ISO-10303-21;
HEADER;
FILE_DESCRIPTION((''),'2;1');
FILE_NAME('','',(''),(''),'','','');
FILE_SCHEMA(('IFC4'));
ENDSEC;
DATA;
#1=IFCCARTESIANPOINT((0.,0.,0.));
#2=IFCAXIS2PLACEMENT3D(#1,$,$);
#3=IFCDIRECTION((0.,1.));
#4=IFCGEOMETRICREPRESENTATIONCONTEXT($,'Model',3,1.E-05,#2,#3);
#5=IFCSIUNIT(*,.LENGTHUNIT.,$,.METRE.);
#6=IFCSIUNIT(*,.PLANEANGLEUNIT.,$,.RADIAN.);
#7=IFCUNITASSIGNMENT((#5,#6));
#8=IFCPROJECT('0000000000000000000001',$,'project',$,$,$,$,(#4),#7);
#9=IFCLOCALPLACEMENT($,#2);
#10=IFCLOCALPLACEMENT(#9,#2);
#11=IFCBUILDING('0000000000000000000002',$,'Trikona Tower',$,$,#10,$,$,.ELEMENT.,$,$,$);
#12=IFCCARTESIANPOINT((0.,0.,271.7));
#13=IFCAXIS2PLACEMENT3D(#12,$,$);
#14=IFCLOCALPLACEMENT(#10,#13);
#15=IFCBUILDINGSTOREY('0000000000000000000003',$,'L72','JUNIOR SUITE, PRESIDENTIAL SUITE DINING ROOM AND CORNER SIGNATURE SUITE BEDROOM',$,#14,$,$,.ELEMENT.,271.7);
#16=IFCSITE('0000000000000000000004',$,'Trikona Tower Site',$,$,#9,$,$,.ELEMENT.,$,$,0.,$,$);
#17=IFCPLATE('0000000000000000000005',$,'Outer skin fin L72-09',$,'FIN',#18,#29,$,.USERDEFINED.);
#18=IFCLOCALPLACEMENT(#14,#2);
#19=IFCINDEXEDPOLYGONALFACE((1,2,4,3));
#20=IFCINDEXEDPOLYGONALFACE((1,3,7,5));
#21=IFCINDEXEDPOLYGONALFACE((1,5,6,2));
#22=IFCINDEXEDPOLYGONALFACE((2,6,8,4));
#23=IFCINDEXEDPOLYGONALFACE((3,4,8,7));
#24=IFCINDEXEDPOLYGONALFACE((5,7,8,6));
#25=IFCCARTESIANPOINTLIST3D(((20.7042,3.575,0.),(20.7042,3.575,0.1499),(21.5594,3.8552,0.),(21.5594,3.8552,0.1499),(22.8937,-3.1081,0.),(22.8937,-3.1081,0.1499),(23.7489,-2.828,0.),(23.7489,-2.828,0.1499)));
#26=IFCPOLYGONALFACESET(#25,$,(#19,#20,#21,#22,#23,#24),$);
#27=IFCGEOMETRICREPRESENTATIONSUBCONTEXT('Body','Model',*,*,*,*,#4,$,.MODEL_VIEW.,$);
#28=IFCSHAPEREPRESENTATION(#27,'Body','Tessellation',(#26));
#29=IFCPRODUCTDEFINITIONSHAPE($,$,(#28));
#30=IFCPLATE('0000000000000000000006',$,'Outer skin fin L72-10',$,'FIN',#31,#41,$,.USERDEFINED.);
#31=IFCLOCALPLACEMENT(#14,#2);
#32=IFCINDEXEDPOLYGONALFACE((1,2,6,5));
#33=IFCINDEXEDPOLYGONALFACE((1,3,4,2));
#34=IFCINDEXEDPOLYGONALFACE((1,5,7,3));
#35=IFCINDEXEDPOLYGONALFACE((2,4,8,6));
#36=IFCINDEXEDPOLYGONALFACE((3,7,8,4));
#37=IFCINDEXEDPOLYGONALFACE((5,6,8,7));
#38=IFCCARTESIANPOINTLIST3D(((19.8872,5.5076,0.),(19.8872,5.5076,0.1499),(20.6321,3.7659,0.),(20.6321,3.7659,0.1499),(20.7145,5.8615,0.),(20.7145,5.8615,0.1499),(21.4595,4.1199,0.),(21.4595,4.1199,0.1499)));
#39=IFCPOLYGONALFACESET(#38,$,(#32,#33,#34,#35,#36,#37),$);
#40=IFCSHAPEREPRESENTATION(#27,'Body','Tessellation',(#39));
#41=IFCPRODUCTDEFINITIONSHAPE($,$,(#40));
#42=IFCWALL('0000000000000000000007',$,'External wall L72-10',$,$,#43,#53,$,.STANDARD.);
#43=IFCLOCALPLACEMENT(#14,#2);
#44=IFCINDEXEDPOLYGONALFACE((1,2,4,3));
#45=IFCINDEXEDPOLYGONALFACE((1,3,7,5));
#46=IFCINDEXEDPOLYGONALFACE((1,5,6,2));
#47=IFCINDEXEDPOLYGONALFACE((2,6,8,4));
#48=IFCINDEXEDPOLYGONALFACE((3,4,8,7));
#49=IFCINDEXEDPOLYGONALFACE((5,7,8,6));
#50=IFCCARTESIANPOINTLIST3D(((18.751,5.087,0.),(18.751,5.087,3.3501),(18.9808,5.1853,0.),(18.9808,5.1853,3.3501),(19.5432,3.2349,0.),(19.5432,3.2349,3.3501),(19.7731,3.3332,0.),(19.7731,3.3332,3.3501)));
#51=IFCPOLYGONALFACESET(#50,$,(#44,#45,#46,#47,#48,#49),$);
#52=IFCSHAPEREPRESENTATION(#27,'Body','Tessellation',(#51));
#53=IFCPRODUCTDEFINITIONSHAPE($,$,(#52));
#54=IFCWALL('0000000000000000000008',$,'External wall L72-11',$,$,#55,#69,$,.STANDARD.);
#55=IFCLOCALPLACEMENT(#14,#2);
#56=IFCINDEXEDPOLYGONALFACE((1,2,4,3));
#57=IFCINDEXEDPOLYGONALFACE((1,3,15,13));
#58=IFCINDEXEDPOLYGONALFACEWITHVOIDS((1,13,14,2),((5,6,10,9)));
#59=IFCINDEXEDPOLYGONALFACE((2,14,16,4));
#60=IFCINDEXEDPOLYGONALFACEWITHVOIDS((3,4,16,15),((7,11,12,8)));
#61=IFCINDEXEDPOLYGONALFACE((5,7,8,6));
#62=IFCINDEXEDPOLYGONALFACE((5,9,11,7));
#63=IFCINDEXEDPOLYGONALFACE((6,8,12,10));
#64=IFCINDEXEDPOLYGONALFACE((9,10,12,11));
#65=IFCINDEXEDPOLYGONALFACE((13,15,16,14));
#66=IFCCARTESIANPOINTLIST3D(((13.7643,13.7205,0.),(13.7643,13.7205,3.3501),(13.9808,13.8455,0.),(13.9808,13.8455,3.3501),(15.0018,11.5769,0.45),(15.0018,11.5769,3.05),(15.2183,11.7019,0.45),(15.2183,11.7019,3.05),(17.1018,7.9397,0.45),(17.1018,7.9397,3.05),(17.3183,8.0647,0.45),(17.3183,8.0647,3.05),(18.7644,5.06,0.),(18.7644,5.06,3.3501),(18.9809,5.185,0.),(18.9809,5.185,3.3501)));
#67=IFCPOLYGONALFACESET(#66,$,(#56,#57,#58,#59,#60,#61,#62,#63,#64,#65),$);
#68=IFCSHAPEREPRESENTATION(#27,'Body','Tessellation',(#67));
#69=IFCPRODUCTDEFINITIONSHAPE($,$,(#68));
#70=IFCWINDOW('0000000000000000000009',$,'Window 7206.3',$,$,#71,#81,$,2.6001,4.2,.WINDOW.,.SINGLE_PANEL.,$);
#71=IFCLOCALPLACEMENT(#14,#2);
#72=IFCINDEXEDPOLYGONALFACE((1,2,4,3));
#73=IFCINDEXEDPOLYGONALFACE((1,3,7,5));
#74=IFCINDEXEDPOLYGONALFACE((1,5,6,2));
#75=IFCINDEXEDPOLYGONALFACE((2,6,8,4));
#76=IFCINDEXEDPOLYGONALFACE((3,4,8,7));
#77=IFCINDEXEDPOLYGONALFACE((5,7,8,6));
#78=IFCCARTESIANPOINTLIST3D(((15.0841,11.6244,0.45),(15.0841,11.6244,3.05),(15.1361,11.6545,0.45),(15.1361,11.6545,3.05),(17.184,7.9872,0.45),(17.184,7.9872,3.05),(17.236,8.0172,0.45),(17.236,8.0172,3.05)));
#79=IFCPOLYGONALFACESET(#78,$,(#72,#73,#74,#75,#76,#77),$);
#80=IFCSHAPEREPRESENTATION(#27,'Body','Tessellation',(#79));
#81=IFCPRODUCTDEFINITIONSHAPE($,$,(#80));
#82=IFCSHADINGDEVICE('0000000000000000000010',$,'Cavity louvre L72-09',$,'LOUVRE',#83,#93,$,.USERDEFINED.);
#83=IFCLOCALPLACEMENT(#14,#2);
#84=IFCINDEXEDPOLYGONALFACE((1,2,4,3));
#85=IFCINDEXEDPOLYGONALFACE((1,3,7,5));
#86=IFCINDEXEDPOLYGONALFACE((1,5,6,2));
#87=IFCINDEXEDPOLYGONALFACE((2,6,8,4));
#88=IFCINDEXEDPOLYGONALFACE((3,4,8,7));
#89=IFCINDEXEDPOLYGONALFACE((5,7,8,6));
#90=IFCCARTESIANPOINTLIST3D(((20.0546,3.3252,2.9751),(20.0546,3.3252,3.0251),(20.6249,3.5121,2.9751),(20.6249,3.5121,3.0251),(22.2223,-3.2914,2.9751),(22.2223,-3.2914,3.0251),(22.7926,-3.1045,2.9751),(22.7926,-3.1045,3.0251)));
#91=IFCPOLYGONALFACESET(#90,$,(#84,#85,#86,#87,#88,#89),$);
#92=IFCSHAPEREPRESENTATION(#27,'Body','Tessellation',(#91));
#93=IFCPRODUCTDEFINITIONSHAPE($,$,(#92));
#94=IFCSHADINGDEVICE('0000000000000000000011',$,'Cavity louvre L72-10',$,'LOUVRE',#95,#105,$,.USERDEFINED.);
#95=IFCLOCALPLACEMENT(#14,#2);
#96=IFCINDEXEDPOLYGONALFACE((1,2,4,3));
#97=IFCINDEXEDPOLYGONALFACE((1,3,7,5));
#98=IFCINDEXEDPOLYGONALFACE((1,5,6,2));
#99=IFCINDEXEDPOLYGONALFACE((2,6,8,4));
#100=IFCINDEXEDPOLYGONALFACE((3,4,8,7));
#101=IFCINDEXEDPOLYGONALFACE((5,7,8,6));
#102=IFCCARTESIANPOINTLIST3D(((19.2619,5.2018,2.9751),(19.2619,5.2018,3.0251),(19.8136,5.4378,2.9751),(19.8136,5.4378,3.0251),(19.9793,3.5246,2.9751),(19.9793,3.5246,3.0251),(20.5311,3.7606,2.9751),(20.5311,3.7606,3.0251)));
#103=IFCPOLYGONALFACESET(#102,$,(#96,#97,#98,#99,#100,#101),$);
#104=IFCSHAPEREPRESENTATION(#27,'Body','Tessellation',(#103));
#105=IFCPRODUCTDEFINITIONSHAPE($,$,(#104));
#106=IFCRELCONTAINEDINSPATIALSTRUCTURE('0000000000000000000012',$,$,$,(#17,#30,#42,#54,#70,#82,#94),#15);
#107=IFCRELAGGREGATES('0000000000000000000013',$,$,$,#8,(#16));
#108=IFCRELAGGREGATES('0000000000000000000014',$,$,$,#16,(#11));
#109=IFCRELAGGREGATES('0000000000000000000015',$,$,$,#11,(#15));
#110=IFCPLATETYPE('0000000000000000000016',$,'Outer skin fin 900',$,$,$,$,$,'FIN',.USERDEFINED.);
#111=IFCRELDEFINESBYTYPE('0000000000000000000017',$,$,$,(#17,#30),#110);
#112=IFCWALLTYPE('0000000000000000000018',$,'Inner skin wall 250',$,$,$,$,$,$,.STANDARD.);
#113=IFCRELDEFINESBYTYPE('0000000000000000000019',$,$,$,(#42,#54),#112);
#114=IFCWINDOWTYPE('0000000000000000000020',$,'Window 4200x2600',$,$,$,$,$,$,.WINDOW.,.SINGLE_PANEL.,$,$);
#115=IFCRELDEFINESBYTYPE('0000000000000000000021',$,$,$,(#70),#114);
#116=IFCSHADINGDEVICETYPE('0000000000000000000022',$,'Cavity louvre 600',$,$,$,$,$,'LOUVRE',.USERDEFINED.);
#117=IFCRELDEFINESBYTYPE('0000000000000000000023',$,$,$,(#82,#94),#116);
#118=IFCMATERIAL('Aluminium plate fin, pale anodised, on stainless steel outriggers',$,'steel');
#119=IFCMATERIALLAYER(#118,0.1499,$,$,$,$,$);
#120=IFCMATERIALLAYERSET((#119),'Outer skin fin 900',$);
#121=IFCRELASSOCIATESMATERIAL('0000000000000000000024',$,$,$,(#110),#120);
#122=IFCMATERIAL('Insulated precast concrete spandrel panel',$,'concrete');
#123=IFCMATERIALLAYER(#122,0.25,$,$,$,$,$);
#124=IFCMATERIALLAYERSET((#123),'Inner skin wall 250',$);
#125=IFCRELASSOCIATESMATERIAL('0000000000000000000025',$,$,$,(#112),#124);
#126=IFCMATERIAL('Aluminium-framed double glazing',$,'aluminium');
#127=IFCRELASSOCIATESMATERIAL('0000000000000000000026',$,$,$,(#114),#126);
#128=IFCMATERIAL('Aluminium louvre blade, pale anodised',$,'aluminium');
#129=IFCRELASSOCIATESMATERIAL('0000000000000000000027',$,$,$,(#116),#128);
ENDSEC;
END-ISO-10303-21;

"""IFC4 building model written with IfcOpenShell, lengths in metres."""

from ifc_helpers import new_model, si_unit, direction, frame, frame_2d, origin, origin_2d, place, context, subcontext, project, spatial, rectangle, extrude, material, layer, layer_set, type_object, element, fill, save


model = new_model("IFC4")

# Units and contexts
model_context = context("Model", 3, precision=1e-05, world=origin(), true_north=direction((0.0, 1.0)))
body_context = subcontext(model_context, "Body", "Model", "MODEL_VIEW")
ifc_project = project(units=[si_unit("LENGTHUNIT", "METRE"), si_unit("PLANEANGLEUNIT", "RADIAN")], contexts=[model_context])

# Site, building, storey
site_placement = place(None, origin())
site = spatial("IfcSite", under=ifc_project, at=site_placement, Name="Trikona Tower Site", CompositionType="ELEMENT", RefElevation=0.0)
building_placement = place(site_placement, origin())
building = spatial("IfcBuilding", under=site, at=building_placement, Name="Trikona Tower", CompositionType="ELEMENT")
storey_placement = place(building_placement, frame((0.0, 0.0, 271.7)))
storey = spatial("IfcBuildingStorey", under=building, at=storey_placement, Name="L72", Description="JUNIOR SUITE, PRESIDENTIAL SUITE DINING ROOM AND CORNER SIGNATURE SUITE BEDROOM", CompositionType="ELEMENT", Elevation=271.7)

# Plates
ifc_material_1 = material(Name="Aluminium plate fin, pale anodised, on stainless steel outriggers", Category="steel")
ifc_layer_1 = layer(ifc_material_1, 0.1499)
ifc_layer_set_1 = layer_set([ifc_layer_1], Name="Outer skin fin 900")
plate_type_1 = type_object("IfcPlateType", Name="Outer skin fin 900", ElementType="FIN", PredefinedType="USERDEFINED", material=ifc_layer_set_1)
plate_1_placement = place(storey_placement, frame((22.2266, 0.3735, 0.0), z_axis=(0.0, 0.0, 1.0), x_axis=(-0.311337, 0.9503, 0.0)))
element("IfcPlate", 1, at=plate_1_placement, inside=storey, type_object=plate_type_1, Name="Outer skin fin L72-09", ObjectType="FIN", PredefinedType="USERDEFINED", context=body_context, shape_type="SweptSolid", body=[
    extrude(rectangle(XDim=7.0327, YDim=0.8999, at=origin_2d()), origin(), (0.0, 0.0, 1.0), 0.1499),
])
plate_2_placement = place(storey_placement, frame((20.6733, 4.8137, 0.0), z_axis=(0.0, 0.0, 1.0), x_axis=(-0.393284, 0.919417, 0.0)))
element("IfcPlate", 2, at=plate_2_placement, inside=storey, type_object=plate_type_1, Name="Outer skin fin L72-10", ObjectType="FIN", PredefinedType="USERDEFINED", context=body_context, shape_type="SweptSolid", body=[
    extrude(rectangle(XDim=1.8943, YDim=0.8999, at=origin_2d()), origin(), (0.0, 0.0, 1.0), 0.1499),
])

# Wall
ifc_material_2 = material(Name="Insulated precast concrete spandrel panel", Category="concrete")
ifc_layer_2 = layer(ifc_material_2, 0.25)
ifc_layer_set_2 = layer_set([ifc_layer_2], Name="Inner skin wall 250")
wall_type = type_object("IfcWallType", Name="Inner skin wall 250", PredefinedType="STANDARD", material=ifc_layer_set_2)
wall_1_placement = place(storey_placement, frame((19.6582, 3.2839, 0.0), z_axis=(0.0, 0.0, 1.0), x_axis=(-0.39329, 0.919414, 0.0)))
element("IfcWall", 3, at=wall_1_placement, inside=storey, type_object=wall_type, Name="External wall L72-10", PredefinedType="STANDARD", context=body_context, shape_type="SweptSolid", body=[
    extrude(rectangle(XDim=2.0144, YDim=0.25, at=frame_2d((1.0073, 0.0))), origin(), (0.0, 0.0, 1.0), 3.3501),
])

# Wall, opening, window
wall_2_placement = place(storey_placement, frame((18.8726, 5.1226, 0.0), z_axis=(0.0, 0.0, 1.0), x_axis=(-0.499994, 0.866029, 0.0)))
wall_2 = element("IfcWall", 4, at=wall_2_placement, inside=storey, type_object=wall_type, Name="External wall L72-11", PredefinedType="STANDARD", context=body_context, shape_type="SweptSolid", body=[
    extrude(rectangle(XDim=10.0002, YDim=0.25, at=frame_2d((5.0, 0.0))), origin(), (0.0, 0.0, 1.0), 3.3501),
])
opening_placement = place(wall_2_placement, frame((3.325, 0.0, 0.45)))
opening = element("IfcOpeningElement", 5, at=opening_placement, cuts=wall_2, PredefinedType="OPENING", context=body_context, shape_type="SweptSolid", body=[
    extrude(rectangle(XDim=4.2, YDim=2.6001, at=frame_2d((2.1001, 1.3))), frame((0.0, 0.135, 0.0), z_axis=(0.0, -1.0, 0.0), x_axis=(1.0, 0.0, 0.0)), (0.0, 0.0, 1.0), 0.27),
])
ifc_material_3 = material(Name="Aluminium-framed double glazing", Category="aluminium")
window_type = type_object("IfcWindowType", Name="Window 4200x2600", PartitioningType="SINGLE_PANEL", PredefinedType="WINDOW", material=ifc_material_3)
window_placement = place(opening_placement, origin())
window = element("IfcWindow", 6, at=window_placement, inside=storey, type_object=window_type, Name="Window 7206.3", OverallHeight=2.6001, OverallWidth=4.2, PartitioningType="SINGLE_PANEL", PredefinedType="WINDOW", context=body_context, shape_type="SweptSolid", body=[
    extrude(rectangle(XDim=4.2, YDim=2.6001, at=frame_2d((2.1001, 1.3))), frame((0.0, 0.03, 0.0), z_axis=(0.0, -1.0, 0.0), x_axis=(1.0, 0.0, 0.0)), (0.0, 0.0, 1.0), 0.0601),
])
fill(opening, window)

# Shading devices
ifc_material_4 = material(Name="Aluminium louvre blade, pale anodised", Category="aluminium")
shading_device_type = type_object("IfcShadingDeviceType", Name="Cavity louvre 600", ElementType="LOUVRE", PredefinedType="USERDEFINED", material=ifc_material_4)
shading_device_1_placement = place(storey_placement, frame((21.4236, 0.1104, 2.9751), z_axis=(0.0, 0.0, 1.0), x_axis=(-0.311337, 0.9503, 0.0)))
element("IfcShadingDevice", 7, at=shading_device_1_placement, inside=storey, type_object=shading_device_type, Name="Cavity louvre L72-09", ObjectType="LOUVRE", PredefinedType="USERDEFINED", context=body_context, shape_type="SweptSolid", body=[
    extrude(rectangle(XDim=6.9626, YDim=0.6001, at=origin_2d()), origin(), (0.0, 0.0, 1.0), 0.05),
])
shading_device_2_placement = place(storey_placement, frame((19.8965, 4.4812, 2.9751), z_axis=(0.0, 0.0, 1.0), x_axis=(-0.393284, 0.919417, 0.0)))
element("IfcShadingDevice", 8, at=shading_device_2_placement, inside=storey, type_object=shading_device_type, Name="Cavity louvre L72-10", ObjectType="LOUVRE", PredefinedType="USERDEFINED", context=body_context, shape_type="SweptSolid", body=[
    extrude(rectangle(XDim=1.8242, YDim=0.6001, at=origin_2d()), origin(), (0.0, 0.0, 1.0), 0.05),
])

save(model, "model.ifc")
